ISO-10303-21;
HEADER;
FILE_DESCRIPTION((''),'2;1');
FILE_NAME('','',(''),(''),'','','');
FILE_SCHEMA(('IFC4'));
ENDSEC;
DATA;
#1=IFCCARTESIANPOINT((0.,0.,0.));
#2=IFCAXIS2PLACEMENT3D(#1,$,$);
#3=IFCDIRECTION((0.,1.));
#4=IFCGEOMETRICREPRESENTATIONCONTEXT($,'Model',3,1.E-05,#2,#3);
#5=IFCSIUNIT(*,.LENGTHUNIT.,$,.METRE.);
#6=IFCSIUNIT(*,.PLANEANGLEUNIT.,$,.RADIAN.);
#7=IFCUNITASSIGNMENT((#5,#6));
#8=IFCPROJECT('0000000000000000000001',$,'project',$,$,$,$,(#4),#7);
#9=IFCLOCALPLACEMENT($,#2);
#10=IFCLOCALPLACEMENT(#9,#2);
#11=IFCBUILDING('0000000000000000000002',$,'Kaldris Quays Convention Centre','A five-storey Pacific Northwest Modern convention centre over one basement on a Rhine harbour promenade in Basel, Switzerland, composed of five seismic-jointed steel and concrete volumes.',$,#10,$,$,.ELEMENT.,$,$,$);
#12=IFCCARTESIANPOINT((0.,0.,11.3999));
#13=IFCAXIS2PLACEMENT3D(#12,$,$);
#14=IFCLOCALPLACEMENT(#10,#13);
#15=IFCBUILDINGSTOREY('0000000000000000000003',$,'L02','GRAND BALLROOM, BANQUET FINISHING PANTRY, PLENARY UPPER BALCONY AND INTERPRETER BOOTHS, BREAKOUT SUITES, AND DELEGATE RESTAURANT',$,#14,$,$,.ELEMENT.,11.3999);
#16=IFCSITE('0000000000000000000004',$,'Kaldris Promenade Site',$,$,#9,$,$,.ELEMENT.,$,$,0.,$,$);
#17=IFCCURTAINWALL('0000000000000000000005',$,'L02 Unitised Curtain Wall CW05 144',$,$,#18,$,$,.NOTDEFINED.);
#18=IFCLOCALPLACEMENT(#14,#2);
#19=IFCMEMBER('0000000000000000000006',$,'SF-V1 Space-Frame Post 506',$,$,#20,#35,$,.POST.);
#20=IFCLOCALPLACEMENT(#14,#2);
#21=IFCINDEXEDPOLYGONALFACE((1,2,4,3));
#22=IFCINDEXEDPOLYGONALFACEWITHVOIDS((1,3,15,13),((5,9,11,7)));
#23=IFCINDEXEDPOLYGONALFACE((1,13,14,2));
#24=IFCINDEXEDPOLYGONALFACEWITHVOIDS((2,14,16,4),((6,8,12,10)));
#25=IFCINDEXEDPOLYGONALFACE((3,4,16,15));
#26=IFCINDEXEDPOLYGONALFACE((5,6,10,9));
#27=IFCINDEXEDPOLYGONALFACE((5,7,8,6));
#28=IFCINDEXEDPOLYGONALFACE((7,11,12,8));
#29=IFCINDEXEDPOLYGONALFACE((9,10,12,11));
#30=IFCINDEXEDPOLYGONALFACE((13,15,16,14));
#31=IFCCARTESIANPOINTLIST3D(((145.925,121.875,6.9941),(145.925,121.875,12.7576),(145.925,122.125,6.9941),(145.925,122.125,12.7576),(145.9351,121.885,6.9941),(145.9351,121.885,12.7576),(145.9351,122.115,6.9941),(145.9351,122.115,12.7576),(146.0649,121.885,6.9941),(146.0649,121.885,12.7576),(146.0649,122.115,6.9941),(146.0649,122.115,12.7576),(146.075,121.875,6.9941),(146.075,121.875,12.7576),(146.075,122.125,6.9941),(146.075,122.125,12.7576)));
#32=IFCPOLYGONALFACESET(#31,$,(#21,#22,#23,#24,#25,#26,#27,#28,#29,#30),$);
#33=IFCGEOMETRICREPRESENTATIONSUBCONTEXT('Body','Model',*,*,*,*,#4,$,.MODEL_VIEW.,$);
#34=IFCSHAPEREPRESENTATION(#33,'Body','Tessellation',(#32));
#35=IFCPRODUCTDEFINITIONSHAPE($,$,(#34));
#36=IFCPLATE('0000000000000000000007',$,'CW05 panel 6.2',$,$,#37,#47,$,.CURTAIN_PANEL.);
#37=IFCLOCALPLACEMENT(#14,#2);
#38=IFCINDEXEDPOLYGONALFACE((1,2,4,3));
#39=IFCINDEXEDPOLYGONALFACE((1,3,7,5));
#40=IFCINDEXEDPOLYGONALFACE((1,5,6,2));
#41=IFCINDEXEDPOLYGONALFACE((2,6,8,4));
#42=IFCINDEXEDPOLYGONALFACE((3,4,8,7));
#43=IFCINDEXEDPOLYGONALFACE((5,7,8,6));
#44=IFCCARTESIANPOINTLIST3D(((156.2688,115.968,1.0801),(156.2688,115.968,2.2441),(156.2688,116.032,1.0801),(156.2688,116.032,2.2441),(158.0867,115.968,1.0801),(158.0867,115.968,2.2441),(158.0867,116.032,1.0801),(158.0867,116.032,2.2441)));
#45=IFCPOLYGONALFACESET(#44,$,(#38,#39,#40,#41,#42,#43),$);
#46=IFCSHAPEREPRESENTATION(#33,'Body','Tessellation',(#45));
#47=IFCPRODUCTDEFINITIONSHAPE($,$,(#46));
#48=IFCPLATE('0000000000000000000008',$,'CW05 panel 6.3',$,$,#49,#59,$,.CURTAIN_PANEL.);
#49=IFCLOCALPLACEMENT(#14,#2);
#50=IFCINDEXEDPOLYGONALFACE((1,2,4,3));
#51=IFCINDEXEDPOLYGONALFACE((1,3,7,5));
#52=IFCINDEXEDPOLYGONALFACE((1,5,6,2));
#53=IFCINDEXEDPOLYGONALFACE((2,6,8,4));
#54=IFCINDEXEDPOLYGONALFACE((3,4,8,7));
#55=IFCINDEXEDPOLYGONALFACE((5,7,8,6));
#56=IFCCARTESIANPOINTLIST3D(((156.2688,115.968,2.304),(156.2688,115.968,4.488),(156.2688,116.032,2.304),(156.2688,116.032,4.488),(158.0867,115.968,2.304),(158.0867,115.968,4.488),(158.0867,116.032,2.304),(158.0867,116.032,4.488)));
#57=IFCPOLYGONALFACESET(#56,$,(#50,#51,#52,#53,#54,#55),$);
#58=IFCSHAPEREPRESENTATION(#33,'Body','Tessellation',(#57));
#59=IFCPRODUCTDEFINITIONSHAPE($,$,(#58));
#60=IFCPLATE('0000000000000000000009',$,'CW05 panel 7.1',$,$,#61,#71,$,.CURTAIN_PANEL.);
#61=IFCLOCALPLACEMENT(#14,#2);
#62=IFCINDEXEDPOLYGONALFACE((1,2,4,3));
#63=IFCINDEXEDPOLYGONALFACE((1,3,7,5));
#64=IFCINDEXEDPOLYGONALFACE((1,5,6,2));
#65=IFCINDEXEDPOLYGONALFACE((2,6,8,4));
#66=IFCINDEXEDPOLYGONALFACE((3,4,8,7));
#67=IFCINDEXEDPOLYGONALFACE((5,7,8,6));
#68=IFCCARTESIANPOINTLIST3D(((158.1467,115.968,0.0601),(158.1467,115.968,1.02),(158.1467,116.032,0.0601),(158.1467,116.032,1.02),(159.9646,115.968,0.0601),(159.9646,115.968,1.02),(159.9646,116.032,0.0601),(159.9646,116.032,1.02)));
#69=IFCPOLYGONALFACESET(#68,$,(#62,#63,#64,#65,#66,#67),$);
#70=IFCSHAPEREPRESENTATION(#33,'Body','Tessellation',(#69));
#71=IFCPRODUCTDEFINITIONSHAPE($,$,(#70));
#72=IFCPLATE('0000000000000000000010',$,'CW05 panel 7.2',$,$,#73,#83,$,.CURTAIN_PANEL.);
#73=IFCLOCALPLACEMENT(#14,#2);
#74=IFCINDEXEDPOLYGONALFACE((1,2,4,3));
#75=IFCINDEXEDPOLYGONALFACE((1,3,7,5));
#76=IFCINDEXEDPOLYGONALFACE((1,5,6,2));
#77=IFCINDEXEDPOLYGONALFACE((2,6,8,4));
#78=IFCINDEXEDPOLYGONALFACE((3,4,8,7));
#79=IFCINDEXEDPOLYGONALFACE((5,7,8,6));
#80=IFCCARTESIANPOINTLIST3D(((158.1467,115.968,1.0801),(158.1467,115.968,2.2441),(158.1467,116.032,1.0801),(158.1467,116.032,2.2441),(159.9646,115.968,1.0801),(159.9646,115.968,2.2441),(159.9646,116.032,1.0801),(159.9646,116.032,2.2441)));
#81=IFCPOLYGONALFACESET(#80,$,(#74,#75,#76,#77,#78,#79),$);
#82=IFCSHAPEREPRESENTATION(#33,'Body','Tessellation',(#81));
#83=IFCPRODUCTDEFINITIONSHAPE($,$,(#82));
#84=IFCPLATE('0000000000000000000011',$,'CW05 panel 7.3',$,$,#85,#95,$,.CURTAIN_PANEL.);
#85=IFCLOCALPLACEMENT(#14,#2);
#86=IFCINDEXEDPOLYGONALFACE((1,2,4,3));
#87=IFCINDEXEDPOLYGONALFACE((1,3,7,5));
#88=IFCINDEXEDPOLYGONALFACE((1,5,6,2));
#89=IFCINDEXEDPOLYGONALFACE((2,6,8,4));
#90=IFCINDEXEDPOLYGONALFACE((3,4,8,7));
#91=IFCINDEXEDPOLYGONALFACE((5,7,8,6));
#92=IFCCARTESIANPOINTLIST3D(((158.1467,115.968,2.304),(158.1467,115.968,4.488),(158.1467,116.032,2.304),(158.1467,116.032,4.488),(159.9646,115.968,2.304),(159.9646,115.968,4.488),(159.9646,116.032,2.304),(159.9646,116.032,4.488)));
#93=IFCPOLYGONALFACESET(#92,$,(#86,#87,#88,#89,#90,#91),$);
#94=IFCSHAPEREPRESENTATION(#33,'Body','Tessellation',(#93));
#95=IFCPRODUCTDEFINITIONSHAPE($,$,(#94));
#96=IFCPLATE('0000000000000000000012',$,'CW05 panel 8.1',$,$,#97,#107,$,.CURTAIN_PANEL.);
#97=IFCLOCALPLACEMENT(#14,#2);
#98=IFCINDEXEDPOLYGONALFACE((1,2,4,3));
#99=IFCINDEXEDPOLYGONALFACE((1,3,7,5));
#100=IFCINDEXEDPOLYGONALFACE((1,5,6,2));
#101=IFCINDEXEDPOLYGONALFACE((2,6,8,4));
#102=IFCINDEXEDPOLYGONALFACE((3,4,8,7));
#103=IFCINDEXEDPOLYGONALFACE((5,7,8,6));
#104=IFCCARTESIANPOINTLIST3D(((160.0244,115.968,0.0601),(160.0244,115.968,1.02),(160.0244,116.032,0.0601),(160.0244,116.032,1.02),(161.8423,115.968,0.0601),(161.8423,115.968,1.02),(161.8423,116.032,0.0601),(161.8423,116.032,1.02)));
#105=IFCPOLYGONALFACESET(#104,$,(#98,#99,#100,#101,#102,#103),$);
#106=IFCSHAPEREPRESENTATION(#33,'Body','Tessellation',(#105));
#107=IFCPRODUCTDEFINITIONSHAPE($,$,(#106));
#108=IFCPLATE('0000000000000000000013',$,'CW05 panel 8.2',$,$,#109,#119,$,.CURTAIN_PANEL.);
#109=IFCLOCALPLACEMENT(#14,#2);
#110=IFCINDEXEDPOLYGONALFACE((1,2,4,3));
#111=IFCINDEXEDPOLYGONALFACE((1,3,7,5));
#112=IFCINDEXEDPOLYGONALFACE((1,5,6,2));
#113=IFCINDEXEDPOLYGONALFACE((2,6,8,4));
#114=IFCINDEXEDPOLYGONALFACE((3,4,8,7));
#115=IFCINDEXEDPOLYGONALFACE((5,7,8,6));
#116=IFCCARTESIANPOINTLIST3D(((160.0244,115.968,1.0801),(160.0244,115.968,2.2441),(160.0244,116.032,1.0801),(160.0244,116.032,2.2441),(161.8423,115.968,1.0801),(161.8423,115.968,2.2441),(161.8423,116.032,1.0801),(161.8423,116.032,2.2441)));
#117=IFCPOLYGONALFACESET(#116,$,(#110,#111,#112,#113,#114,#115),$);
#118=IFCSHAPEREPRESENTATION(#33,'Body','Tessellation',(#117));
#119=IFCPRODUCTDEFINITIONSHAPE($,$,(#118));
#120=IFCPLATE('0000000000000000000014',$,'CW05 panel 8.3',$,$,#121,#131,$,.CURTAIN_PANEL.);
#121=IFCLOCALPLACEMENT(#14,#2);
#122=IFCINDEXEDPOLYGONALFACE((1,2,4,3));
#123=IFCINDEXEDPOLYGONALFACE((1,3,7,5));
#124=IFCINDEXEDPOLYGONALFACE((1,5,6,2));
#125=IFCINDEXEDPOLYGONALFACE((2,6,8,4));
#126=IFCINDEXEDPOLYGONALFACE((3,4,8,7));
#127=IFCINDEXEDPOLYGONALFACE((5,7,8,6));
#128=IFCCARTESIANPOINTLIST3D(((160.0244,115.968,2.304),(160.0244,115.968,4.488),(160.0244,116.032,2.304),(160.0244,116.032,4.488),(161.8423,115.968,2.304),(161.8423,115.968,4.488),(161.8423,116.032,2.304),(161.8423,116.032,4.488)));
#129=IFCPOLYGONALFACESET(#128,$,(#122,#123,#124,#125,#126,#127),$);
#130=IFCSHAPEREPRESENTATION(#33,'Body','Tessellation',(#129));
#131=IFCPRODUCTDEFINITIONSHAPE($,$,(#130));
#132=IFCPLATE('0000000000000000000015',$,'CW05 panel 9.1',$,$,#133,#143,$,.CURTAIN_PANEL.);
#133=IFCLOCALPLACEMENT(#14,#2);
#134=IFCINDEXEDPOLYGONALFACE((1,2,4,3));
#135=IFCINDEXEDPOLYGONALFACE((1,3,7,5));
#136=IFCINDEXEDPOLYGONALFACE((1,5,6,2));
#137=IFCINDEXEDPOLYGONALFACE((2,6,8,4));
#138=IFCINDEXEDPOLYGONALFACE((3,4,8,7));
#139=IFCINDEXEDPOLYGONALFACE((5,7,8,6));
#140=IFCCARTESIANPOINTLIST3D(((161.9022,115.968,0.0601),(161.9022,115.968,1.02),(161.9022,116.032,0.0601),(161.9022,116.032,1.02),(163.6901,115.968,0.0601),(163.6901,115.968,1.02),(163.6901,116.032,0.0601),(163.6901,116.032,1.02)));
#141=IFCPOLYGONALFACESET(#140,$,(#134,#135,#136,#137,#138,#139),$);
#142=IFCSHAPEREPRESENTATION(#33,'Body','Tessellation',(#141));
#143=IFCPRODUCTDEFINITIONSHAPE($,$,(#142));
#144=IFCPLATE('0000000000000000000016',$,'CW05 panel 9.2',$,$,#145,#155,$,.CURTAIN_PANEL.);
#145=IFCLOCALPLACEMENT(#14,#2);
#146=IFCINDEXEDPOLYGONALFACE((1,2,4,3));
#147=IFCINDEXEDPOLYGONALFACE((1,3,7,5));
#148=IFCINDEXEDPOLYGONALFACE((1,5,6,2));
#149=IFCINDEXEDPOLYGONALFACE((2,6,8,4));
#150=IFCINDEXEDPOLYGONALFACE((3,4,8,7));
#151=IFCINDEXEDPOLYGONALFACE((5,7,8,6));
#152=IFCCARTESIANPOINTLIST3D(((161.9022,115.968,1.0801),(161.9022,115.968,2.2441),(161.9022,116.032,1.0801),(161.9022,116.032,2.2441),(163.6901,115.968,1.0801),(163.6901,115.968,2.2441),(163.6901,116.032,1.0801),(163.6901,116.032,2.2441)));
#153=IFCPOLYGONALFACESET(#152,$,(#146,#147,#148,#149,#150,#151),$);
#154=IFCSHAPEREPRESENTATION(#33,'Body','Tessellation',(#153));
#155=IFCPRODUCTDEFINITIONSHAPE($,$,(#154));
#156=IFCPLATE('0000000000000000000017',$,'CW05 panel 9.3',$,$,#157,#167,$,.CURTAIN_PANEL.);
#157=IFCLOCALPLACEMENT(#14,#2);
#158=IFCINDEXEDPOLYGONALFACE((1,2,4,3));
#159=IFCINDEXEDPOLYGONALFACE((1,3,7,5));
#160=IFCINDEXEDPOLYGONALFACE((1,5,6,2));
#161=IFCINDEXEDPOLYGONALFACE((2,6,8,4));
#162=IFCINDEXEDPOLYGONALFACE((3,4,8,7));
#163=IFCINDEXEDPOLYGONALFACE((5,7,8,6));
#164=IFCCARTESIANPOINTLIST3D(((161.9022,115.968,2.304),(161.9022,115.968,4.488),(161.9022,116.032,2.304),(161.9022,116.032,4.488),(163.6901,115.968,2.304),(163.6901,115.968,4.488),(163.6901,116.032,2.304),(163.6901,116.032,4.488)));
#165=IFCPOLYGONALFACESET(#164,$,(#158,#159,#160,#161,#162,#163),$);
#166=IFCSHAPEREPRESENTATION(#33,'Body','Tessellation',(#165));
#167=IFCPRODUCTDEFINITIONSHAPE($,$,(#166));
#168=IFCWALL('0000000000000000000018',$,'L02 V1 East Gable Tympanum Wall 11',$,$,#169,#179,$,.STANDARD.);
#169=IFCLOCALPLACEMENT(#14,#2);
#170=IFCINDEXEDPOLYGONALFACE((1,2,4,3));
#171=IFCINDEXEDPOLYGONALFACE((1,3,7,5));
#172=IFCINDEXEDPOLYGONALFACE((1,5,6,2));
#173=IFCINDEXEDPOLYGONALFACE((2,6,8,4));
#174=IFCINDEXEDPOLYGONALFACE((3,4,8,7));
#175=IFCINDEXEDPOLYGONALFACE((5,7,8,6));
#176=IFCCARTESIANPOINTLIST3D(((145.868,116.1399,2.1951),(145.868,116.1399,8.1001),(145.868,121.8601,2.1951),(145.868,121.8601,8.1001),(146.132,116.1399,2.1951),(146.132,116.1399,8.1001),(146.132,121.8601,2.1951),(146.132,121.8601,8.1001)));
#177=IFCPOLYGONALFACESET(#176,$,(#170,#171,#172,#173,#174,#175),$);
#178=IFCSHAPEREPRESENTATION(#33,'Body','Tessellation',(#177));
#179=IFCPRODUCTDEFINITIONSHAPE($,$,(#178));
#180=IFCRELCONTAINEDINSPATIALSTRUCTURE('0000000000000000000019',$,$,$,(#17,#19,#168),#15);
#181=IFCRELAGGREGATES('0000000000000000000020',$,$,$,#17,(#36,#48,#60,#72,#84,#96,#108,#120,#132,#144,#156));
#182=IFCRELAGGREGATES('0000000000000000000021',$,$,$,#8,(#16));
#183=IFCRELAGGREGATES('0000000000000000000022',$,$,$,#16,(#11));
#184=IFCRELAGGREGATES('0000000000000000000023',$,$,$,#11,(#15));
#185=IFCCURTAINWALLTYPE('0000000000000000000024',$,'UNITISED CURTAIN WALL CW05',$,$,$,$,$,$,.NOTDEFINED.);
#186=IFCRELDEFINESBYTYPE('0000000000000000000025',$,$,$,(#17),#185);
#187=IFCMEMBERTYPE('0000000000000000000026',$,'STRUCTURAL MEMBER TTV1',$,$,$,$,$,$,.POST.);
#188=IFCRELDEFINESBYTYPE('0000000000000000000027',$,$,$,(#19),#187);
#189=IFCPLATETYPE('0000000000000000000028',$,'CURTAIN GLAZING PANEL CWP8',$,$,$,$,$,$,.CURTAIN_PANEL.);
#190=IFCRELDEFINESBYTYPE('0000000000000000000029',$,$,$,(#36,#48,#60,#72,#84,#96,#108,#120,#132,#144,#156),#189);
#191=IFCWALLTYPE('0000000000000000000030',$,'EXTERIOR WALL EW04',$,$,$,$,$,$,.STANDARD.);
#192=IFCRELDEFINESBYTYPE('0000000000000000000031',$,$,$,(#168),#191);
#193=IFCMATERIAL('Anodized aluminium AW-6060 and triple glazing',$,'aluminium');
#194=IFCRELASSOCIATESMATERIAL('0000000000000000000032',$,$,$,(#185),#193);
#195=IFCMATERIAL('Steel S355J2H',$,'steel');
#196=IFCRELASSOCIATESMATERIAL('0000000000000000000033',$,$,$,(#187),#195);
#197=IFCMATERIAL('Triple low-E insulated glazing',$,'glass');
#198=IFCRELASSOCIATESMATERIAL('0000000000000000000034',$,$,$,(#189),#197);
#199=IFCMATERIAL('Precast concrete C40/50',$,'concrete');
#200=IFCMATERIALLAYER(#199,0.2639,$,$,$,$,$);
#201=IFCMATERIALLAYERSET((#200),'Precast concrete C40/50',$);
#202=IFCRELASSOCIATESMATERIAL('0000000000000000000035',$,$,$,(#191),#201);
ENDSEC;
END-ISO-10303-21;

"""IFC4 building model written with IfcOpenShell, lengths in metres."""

from ifc_helpers import new_model, si_unit, direction, frame, frame_2d, origin, origin_2d, place, context, subcontext, project, spatial, rectangle, hollow_rectangle, extrude, material, layer, layer_set, material_profile, profile_set, type_object, element, aggregate, save


model = new_model("IFC4")

# Units and contexts
model_context = context("Model", 3, precision=1e-05, world=origin(), true_north=direction((0.0, 1.0)))
body_context = subcontext(model_context, "Body", "Model", "MODEL_VIEW")
ifc_project = project(units=[si_unit("LENGTHUNIT", "METRE"), si_unit("PLANEANGLEUNIT", "RADIAN")], contexts=[model_context])

# Site, building, storey
site_placement = place(None, origin())
site = spatial("IfcSite", under=ifc_project, at=site_placement, Name="Kaldris Promenade Site", CompositionType="ELEMENT", RefElevation=0.0)
building_placement = place(site_placement, origin())
building = spatial("IfcBuilding", under=site, at=building_placement, Name="Kaldris Quays Convention Centre", Description="A five-storey Pacific Northwest Modern convention centre over one basement on a Rhine harbour promenade in Basel, Switzerland, composed of five seismic-jointed steel and concrete volumes.", CompositionType="ELEMENT")
storey_placement = place(building_placement, frame((0.0, 0.0, 11.3999)))
storey = spatial("IfcBuildingStorey", under=building, at=storey_placement, Name="L02", Description="GRAND BALLROOM, BANQUET FINISHING PANTRY, PLENARY UPPER BALCONY AND INTERPRETER BOOTHS, BREAKOUT SUITES, AND DELEGATE RESTAURANT", CompositionType="ELEMENT", Elevation=11.3999)

# Curtain wall
ifc_material_1 = material(Name="Anodized aluminium AW-6060 and triple glazing", Category="aluminium")
curtain_wall_type = type_object("IfcCurtainWallType", Name="UNITISED CURTAIN WALL CW05", PredefinedType="NOTDEFINED", material=ifc_material_1)
curtain_wall_placement = place(storey_placement, origin())
curtain_wall = element("IfcCurtainWall", 1, at=curtain_wall_placement, inside=storey, type_object=curtain_wall_type, Name="L02 Unitised Curtain Wall CW05 144", PredefinedType="NOTDEFINED")

# Member
ifc_material_2 = material(Name="Steel S355J2H", Category="steel")
ifc_material_profile_1 = material_profile(ifc_material_2, hollow_rectangle(XDim=0.1499, YDim=0.25, WallThickness=0.01, at=origin_2d()), Name="RHS 250x150x10")
ifc_profile_set_1 = profile_set([ifc_material_profile_1], Name="Steel S355J2H")
member_type_1 = type_object("IfcMemberType", Name="STRUCTURAL MEMBER TTV1", PredefinedType="POST", material=ifc_profile_set_1)
member_1_placement = place(storey_placement, frame((146.0, 122.0, 6.9941), z_axis=(0.0, 0.0, 1.0), x_axis=(1.0, 0.0, 0.0)))
element("IfcMember", 2, at=member_1_placement, inside=storey, type_object=member_type_1, Name="SF-V1 Space-Frame Post 506", PredefinedType="POST", context=body_context, shape_type="SweptSolid", body=[
    extrude(hollow_rectangle(XDim=0.1499, YDim=0.25, WallThickness=0.01, at=origin_2d()), origin(), (0.0, 0.0, 1.0), 5.7634),
])

# Plates
ifc_material_3 = material(Name="Triple low-E insulated glazing", Category="glass")
plate_type = type_object("IfcPlateType", Name="CURTAIN GLAZING PANEL CWP8", PredefinedType="CURTAIN_PANEL", material=ifc_material_3)
plate_1_placement = place(storey_placement, frame((157.1777, 116.0, 1.0801), z_axis=(0.0, 0.0, 1.0), x_axis=(1.0, 0.0, 0.0)))
plate_1 = element("IfcPlate", 3, at=plate_1_placement, type_object=plate_type, Name="CW05 panel 6.2", PredefinedType="CURTAIN_PANEL", context=body_context, shape_type="SweptSolid", body=[
    extrude(rectangle(XDim=1.8179, YDim=0.064, at=origin_2d()), origin(), (0.0, 0.0, 1.0), 1.1641),
])
plate_2_placement = place(storey_placement, frame((157.1777, 116.0, 2.304), z_axis=(0.0, 0.0, 1.0), x_axis=(1.0, 0.0, 0.0)))
plate_2 = element("IfcPlate", 4, at=plate_2_placement, type_object=plate_type, Name="CW05 panel 6.3", PredefinedType="CURTAIN_PANEL", context=body_context, shape_type="SweptSolid", body=[
    extrude(rectangle(XDim=1.8179, YDim=0.064, at=origin_2d()), origin(), (0.0, 0.0, 1.0), 2.1841),
])
plate_3_placement = place(storey_placement, frame((159.0557, 116.0, 0.0601), z_axis=(0.0, 0.0, 1.0), x_axis=(1.0, 0.0, 0.0)))
plate_3 = element("IfcPlate", 5, at=plate_3_placement, type_object=plate_type, Name="CW05 panel 7.1", PredefinedType="CURTAIN_PANEL", context=body_context, shape_type="SweptSolid", body=[
    extrude(rectangle(XDim=1.8179, YDim=0.064, at=origin_2d()), origin(), (0.0, 0.0, 1.0), 0.96),
])
plate_4_placement = place(storey_placement, frame((159.0557, 116.0, 1.0801), z_axis=(0.0, 0.0, 1.0), x_axis=(1.0, 0.0, 0.0)))
plate_4 = element("IfcPlate", 6, at=plate_4_placement, type_object=plate_type, Name="CW05 panel 7.2", PredefinedType="CURTAIN_PANEL", context=body_context, shape_type="SweptSolid", body=[
    extrude(rectangle(XDim=1.8179, YDim=0.064, at=origin_2d()), origin(), (0.0, 0.0, 1.0), 1.1641),
])
plate_5_placement = place(storey_placement, frame((159.0557, 116.0, 2.304), z_axis=(0.0, 0.0, 1.0), x_axis=(1.0, 0.0, 0.0)))
plate_5 = element("IfcPlate", 7, at=plate_5_placement, type_object=plate_type, Name="CW05 panel 7.3", PredefinedType="CURTAIN_PANEL", context=body_context, shape_type="SweptSolid", body=[
    extrude(rectangle(XDim=1.8179, YDim=0.064, at=origin_2d()), origin(), (0.0, 0.0, 1.0), 2.1841),
])
plate_6_placement = place(storey_placement, frame((160.9333, 116.0, 0.0601), z_axis=(0.0, 0.0, 1.0), x_axis=(1.0, 0.0, 0.0)))
plate_6 = element("IfcPlate", 8, at=plate_6_placement, type_object=plate_type, Name="CW05 panel 8.1", PredefinedType="CURTAIN_PANEL", context=body_context, shape_type="SweptSolid", body=[
    extrude(rectangle(XDim=1.8179, YDim=0.064, at=origin_2d()), origin(), (0.0, 0.0, 1.0), 0.96),
])
plate_7_placement = place(storey_placement, frame((160.9333, 116.0, 1.0801), z_axis=(0.0, 0.0, 1.0), x_axis=(1.0, 0.0, 0.0)))
plate_7 = element("IfcPlate", 9, at=plate_7_placement, type_object=plate_type, Name="CW05 panel 8.2", PredefinedType="CURTAIN_PANEL", context=body_context, shape_type="SweptSolid", body=[
    extrude(rectangle(XDim=1.8179, YDim=0.064, at=origin_2d()), origin(), (0.0, 0.0, 1.0), 1.1641),
])
plate_8_placement = place(storey_placement, frame((160.9333, 116.0, 2.304), z_axis=(0.0, 0.0, 1.0), x_axis=(1.0, 0.0, 0.0)))
plate_8 = element("IfcPlate", 10, at=plate_8_placement, type_object=plate_type, Name="CW05 panel 8.3", PredefinedType="CURTAIN_PANEL", context=body_context, shape_type="SweptSolid", body=[
    extrude(rectangle(XDim=1.8179, YDim=0.064, at=origin_2d()), origin(), (0.0, 0.0, 1.0), 2.1841),
])
plate_9_placement = place(storey_placement, frame((162.7961, 116.0, 0.0601), z_axis=(0.0, 0.0, 1.0), x_axis=(1.0, 0.0, 0.0)))
plate_9 = element("IfcPlate", 11, at=plate_9_placement, type_object=plate_type, Name="CW05 panel 9.1", PredefinedType="CURTAIN_PANEL", context=body_context, shape_type="SweptSolid", body=[
    extrude(rectangle(XDim=1.7878, YDim=0.064, at=origin_2d()), origin(), (0.0, 0.0, 1.0), 0.96),
])
plate_10_placement = place(storey_placement, frame((162.7961, 116.0, 1.0801), z_axis=(0.0, 0.0, 1.0), x_axis=(1.0, 0.0, 0.0)))
plate_10 = element("IfcPlate", 12, at=plate_10_placement, type_object=plate_type, Name="CW05 panel 9.2", PredefinedType="CURTAIN_PANEL", context=body_context, shape_type="SweptSolid", body=[
    extrude(rectangle(XDim=1.7878, YDim=0.064, at=origin_2d()), origin(), (0.0, 0.0, 1.0), 1.1641),
])
plate_11_placement = place(storey_placement, frame((162.7961, 116.0, 2.304), z_axis=(0.0, 0.0, 1.0), x_axis=(1.0, 0.0, 0.0)))
plate_11 = element("IfcPlate", 13, at=plate_11_placement, type_object=plate_type, Name="CW05 panel 9.3", PredefinedType="CURTAIN_PANEL", context=body_context, shape_type="SweptSolid", body=[
    extrude(rectangle(XDim=1.7878, YDim=0.064, at=origin_2d()), origin(), (0.0, 0.0, 1.0), 2.1841),
])
aggregate(curtain_wall, [plate_1, plate_2, plate_3, plate_4, plate_5, plate_6, plate_7, plate_8, plate_9, plate_10, plate_11])

# Wall
ifc_material_4 = material(Name="Precast concrete C40/50", Category="concrete")
ifc_layer = layer(ifc_material_4, 0.2639)
ifc_layer_set = layer_set([ifc_layer], Name="Precast concrete C40/50")
wall_type = type_object("IfcWallType", Name="EXTERIOR WALL EW04", PredefinedType="STANDARD", material=ifc_layer_set)
wall_placement = place(storey_placement, frame((146.0, 116.1399, 2.1951), z_axis=(0.0, 0.0, 1.0), x_axis=(0.0, 1.0, 0.0)))
element("IfcWall", 14, at=wall_placement, inside=storey, type_object=wall_type, Name="L02 V1 East Gable Tympanum Wall 11", PredefinedType="STANDARD", context=body_context, shape_type="SweptSolid", body=[
    extrude(rectangle(XDim=5.7202, YDim=0.2639, at=frame_2d((2.8601, 0.0))), origin(), (0.0, 0.0, 1.0), 5.905),
])

save(model, "model.ifc")
